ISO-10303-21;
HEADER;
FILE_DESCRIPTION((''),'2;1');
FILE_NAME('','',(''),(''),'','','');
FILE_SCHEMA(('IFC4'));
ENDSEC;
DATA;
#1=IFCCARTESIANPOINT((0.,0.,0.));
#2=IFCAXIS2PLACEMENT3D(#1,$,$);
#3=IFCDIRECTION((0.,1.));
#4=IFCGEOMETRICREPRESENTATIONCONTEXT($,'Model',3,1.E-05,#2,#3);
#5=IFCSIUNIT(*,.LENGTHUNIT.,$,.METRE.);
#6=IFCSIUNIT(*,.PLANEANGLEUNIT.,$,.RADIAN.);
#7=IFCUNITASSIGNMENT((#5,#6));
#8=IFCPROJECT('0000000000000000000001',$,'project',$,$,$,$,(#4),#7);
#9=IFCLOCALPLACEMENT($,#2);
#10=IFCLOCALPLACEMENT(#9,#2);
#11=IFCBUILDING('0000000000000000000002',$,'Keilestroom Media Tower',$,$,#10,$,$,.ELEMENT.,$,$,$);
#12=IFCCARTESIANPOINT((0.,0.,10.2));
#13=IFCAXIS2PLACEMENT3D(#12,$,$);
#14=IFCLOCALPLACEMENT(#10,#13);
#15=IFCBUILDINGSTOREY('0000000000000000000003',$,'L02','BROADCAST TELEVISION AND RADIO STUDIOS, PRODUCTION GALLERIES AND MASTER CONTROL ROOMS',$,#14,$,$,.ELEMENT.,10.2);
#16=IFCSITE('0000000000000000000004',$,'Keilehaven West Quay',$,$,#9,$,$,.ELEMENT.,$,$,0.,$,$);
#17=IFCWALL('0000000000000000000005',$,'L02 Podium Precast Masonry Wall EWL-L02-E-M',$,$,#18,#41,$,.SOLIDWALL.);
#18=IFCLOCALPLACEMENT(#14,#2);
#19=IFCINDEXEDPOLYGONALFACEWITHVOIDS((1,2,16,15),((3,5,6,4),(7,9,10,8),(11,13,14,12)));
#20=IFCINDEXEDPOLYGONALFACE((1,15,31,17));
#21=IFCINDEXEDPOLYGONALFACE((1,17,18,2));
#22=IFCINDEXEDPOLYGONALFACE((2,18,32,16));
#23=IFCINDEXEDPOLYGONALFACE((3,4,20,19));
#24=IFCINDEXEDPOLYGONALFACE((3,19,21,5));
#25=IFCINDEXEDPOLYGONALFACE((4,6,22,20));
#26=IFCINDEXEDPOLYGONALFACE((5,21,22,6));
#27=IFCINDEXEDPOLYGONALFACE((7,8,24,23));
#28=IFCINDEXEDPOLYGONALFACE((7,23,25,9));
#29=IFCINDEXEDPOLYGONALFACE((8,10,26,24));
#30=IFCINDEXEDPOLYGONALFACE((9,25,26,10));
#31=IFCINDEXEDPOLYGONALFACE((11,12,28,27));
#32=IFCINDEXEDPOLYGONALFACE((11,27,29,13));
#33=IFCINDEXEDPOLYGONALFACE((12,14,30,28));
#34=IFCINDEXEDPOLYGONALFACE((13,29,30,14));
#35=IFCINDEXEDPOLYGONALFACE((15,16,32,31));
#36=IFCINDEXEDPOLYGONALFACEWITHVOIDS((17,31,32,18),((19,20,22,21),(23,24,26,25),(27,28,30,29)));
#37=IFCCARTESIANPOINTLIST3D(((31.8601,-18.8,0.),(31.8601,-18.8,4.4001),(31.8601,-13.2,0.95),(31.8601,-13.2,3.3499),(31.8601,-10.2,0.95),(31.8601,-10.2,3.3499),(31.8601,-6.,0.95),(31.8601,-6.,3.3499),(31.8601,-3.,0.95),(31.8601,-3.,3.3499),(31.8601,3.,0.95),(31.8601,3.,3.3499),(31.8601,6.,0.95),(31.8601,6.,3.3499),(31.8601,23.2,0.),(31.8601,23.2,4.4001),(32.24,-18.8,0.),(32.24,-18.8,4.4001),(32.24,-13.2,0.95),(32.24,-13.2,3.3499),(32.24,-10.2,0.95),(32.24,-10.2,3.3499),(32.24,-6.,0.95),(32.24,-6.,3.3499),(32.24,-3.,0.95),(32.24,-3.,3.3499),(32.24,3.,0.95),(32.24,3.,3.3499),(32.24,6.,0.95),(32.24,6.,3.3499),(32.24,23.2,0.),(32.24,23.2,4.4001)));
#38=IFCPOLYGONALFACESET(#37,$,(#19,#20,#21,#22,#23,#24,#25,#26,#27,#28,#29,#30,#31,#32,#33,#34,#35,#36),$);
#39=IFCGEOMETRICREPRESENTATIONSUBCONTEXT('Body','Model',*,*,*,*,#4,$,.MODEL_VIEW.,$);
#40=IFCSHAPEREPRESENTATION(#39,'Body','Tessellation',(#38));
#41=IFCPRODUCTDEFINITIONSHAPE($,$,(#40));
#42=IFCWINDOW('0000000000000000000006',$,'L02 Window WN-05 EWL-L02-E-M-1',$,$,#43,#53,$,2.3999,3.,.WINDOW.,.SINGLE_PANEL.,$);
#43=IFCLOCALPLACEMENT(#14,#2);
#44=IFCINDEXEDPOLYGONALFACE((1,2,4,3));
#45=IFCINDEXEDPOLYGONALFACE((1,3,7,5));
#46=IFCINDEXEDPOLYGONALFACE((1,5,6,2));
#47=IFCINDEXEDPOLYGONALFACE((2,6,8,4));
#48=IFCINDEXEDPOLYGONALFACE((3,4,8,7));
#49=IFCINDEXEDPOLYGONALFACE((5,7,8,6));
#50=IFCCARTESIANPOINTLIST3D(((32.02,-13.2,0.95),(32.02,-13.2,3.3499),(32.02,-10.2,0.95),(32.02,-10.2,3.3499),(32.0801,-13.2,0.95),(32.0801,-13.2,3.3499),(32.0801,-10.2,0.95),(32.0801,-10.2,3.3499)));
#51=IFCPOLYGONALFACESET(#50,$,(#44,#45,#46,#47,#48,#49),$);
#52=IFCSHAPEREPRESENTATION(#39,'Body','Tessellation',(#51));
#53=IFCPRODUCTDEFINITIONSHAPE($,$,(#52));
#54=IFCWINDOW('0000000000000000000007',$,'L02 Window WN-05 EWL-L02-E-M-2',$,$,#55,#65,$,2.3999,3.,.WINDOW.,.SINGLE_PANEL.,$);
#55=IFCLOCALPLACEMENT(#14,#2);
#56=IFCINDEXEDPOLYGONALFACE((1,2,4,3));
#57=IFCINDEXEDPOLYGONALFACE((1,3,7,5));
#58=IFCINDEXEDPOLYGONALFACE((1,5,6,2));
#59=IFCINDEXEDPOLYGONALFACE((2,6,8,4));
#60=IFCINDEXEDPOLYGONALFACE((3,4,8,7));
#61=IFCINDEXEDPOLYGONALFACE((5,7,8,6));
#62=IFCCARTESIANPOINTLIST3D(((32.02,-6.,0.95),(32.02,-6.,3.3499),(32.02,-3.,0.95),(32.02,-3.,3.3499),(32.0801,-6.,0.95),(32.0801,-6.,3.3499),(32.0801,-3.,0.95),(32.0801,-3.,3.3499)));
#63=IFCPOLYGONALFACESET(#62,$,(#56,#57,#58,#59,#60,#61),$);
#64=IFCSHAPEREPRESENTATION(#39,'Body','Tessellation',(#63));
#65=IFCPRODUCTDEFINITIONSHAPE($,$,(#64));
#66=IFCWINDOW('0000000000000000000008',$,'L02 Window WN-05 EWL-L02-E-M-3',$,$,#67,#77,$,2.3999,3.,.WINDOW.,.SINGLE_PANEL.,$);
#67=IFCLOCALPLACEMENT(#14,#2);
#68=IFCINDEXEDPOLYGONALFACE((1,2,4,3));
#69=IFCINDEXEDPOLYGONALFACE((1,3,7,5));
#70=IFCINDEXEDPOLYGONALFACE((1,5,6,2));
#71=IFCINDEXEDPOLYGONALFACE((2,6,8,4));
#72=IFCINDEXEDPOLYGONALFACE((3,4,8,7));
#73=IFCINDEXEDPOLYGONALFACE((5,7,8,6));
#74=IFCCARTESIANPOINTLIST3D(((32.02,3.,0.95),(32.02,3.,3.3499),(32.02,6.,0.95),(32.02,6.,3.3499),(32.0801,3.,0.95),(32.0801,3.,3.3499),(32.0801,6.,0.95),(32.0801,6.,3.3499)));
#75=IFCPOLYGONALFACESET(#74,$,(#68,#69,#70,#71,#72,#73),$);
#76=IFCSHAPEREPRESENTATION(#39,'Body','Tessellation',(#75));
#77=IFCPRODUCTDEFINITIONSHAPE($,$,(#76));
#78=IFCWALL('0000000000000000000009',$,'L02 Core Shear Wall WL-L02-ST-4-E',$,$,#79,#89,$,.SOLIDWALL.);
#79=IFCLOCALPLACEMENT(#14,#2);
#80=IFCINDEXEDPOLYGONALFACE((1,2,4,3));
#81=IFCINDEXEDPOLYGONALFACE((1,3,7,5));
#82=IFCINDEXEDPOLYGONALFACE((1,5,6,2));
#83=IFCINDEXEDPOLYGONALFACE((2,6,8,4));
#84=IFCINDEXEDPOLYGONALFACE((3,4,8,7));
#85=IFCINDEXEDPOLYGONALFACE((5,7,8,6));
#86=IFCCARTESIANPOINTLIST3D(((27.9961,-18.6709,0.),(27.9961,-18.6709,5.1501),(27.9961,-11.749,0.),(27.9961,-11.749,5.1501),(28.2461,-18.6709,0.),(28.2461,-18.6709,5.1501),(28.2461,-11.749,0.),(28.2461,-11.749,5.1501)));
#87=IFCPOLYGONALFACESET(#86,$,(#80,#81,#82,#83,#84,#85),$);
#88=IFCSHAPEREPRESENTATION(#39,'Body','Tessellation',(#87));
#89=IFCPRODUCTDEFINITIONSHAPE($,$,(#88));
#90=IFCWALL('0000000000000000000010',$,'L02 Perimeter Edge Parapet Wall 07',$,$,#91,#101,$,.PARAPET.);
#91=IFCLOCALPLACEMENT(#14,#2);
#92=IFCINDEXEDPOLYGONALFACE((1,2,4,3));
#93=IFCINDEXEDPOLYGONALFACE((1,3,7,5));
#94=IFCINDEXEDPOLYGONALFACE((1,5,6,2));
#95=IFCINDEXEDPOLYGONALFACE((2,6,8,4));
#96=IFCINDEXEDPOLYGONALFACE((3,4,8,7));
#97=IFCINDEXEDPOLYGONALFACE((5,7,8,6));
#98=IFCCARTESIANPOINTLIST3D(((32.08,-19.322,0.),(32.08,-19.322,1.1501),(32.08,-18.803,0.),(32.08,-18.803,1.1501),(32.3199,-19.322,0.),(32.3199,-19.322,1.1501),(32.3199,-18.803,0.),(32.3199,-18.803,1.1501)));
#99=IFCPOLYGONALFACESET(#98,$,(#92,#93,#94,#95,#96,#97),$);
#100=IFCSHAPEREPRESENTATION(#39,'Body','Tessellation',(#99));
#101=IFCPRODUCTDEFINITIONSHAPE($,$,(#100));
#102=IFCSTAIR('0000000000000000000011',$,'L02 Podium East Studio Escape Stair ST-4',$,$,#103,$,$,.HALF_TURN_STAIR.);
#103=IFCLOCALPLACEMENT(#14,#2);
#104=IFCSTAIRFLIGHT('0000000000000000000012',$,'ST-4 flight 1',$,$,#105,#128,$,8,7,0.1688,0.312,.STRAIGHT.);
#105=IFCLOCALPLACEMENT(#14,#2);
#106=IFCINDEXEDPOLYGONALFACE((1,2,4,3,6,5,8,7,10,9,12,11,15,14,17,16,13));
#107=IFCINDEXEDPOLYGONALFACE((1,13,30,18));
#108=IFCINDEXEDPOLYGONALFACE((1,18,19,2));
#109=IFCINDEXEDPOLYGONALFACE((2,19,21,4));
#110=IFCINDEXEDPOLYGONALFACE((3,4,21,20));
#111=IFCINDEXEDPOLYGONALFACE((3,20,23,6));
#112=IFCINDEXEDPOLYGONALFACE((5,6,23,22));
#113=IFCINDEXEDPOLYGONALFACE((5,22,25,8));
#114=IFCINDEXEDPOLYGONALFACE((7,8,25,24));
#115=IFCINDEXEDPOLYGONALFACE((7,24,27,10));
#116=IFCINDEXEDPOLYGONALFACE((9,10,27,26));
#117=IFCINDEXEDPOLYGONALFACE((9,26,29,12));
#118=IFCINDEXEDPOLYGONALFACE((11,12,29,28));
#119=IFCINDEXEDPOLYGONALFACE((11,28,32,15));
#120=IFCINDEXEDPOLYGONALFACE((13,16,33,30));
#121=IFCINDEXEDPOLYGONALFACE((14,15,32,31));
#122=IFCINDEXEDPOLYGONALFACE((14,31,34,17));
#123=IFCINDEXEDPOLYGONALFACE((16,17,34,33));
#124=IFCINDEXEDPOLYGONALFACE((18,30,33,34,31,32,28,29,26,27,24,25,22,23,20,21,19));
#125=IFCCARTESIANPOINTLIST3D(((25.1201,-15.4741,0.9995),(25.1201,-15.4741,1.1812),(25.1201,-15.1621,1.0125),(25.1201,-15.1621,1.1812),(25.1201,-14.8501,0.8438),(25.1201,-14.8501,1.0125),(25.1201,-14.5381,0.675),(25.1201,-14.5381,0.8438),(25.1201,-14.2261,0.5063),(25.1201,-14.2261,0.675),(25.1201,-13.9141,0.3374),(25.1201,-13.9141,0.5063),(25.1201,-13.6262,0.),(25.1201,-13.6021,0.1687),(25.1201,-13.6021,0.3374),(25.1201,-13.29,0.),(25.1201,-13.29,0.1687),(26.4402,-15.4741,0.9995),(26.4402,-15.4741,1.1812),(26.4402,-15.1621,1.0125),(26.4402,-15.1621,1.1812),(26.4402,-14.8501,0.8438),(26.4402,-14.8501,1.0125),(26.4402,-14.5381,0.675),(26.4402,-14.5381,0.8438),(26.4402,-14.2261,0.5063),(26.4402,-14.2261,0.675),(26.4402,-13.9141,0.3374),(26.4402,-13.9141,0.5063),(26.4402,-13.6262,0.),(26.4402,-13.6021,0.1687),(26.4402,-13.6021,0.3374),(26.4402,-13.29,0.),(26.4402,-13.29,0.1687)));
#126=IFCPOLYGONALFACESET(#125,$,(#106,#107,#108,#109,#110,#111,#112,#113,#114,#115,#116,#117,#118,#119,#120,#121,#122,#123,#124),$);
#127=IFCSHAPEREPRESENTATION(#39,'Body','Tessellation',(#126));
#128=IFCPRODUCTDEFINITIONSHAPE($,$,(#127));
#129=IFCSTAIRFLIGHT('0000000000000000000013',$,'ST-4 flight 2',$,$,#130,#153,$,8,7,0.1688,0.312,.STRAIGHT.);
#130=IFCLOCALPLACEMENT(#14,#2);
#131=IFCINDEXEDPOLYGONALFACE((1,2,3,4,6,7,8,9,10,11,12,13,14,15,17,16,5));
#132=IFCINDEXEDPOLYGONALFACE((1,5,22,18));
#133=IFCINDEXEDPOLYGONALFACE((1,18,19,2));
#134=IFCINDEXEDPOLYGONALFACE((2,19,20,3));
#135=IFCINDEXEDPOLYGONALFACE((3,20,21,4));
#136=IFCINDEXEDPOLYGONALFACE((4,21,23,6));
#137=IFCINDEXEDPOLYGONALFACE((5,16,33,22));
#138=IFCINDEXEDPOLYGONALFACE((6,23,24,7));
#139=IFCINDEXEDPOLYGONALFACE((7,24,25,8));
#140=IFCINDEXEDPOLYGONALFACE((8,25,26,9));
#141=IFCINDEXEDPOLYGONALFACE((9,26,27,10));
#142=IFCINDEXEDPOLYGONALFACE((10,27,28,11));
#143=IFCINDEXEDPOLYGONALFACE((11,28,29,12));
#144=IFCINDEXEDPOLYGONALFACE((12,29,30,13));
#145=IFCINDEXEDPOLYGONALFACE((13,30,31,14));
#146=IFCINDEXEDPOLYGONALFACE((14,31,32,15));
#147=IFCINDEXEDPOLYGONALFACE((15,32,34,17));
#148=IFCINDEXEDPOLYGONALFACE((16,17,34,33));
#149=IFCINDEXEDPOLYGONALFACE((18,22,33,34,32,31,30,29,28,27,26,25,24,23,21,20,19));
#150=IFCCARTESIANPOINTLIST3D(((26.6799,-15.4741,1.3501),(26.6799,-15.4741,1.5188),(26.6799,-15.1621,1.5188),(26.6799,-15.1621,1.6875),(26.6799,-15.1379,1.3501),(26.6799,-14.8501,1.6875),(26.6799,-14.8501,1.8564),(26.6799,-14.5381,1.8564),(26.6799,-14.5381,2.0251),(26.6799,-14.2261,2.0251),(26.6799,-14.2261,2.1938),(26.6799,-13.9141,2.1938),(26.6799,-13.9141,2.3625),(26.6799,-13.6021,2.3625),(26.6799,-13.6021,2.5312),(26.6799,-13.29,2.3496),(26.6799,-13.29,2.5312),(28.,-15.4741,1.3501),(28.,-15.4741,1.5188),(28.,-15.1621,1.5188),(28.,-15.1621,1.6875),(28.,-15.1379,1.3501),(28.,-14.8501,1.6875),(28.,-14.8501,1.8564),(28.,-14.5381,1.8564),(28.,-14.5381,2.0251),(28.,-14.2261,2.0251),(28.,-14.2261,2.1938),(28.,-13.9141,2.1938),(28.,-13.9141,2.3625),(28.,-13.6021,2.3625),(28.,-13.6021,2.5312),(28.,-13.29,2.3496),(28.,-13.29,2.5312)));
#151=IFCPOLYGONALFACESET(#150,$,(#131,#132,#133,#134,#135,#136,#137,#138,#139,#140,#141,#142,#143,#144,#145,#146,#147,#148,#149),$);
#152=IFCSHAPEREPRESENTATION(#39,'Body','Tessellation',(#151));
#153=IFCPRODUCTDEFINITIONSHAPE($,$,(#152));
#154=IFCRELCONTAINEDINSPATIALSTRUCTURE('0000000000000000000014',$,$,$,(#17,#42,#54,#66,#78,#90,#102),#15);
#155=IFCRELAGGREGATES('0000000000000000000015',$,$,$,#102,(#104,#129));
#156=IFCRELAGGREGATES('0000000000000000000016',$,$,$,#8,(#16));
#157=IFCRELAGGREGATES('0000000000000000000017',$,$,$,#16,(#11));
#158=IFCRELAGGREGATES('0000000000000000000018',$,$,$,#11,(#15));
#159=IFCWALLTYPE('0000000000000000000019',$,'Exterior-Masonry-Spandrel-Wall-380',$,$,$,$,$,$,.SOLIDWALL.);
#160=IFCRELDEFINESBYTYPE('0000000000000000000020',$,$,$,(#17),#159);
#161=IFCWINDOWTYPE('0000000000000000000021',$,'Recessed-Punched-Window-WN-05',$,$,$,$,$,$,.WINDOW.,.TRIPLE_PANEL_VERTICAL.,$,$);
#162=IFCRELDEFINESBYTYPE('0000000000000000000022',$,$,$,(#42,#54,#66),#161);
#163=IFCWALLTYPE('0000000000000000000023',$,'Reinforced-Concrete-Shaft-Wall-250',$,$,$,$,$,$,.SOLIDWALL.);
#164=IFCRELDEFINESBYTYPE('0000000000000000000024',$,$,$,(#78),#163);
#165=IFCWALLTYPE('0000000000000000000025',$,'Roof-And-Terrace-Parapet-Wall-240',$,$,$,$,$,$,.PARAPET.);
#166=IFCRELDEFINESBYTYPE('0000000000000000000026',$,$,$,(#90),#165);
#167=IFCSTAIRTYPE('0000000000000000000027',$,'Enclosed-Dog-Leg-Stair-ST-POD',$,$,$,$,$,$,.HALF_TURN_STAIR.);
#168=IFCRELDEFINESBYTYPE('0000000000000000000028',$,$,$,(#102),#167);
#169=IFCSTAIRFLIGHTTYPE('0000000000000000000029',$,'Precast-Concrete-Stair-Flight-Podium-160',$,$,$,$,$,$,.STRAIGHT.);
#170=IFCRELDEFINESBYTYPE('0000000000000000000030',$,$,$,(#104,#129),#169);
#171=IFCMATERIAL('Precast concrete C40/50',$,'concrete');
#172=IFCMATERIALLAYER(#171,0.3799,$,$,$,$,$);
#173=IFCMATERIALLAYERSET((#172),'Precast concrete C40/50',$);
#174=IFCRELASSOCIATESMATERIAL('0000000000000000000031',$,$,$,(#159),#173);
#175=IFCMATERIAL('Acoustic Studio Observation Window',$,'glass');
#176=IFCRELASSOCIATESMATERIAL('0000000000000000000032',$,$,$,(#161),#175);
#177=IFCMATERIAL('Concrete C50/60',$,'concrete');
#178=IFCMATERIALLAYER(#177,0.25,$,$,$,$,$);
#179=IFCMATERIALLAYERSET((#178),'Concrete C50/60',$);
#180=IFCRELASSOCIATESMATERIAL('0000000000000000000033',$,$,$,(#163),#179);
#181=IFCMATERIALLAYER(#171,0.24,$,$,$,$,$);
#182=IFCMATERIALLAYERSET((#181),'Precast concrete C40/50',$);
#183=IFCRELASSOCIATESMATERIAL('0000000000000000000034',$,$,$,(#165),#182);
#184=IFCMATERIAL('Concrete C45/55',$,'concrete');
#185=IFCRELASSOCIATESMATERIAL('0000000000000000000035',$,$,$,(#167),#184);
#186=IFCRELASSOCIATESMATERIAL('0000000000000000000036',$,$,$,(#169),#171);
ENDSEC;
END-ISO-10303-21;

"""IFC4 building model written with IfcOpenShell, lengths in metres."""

from ifc_helpers import new_model, si_unit, direction, frame, frame_2d, origin, place, context, subcontext, project, spatial, polyline, rectangle, outline, extrude, source, transform, mapped, material, layer, layer_set, type_object, element, fill, aggregate, save


model = new_model("IFC4")

# Units and contexts
model_context = context("Model", 3, precision=1e-05, world=origin(), true_north=direction((0.0, 1.0)))
body_context = subcontext(model_context, "Body", "Model", "MODEL_VIEW")
ifc_project = project(units=[si_unit("LENGTHUNIT", "METRE"), si_unit("PLANEANGLEUNIT", "RADIAN")], contexts=[model_context])

# Site, building, storey
site_placement = place(None, origin())
site = spatial("IfcSite", under=ifc_project, at=site_placement, Name="Keilehaven West Quay", CompositionType="ELEMENT", RefElevation=0.0)
building_placement = place(site_placement, origin())
building = spatial("IfcBuilding", under=site, at=building_placement, Name="Keilestroom Media Tower", CompositionType="ELEMENT")
storey_placement = place(building_placement, frame((0.0, 0.0, 10.2)))
storey = spatial("IfcBuildingStorey", under=building, at=storey_placement, Name="L02", Description="BROADCAST TELEVISION AND RADIO STUDIOS, PRODUCTION GALLERIES AND MASTER CONTROL ROOMS", CompositionType="ELEMENT", Elevation=10.2)

# Shared definitions
ifc_material_1 = material(Name="Precast concrete C40/50", Category="concrete")

# Wall, openings, windows
ifc_layer_1 = layer(ifc_material_1, 0.3799)
ifc_layer_set_1 = layer_set([ifc_layer_1], Name="Precast concrete C40/50")
wall_type_1 = type_object("IfcWallType", Name="Exterior-Masonry-Spandrel-Wall-380", PredefinedType="SOLIDWALL", material=ifc_layer_set_1)
wall_1_placement = place(storey_placement, frame((32.05, -18.8, 0.0), z_axis=(0.0, 0.0, 1.0), x_axis=(0.0, 1.0, 0.0)))
wall_1 = element("IfcWall", 1, at=wall_1_placement, inside=storey, type_object=wall_type_1, Name="L02 Podium Precast Masonry Wall EWL-L02-E-M", PredefinedType="SOLIDWALL", context=body_context, shape_type="SweptSolid", body=[
    extrude(rectangle(XDim=42.0, YDim=0.3799, at=frame_2d((21.0, 0.0))), origin(), (0.0, 0.0, 1.0), 4.4001),
])
opening_1_placement = place(wall_1_placement, frame((5.6001, 0.0, 0.95)))
opening_1 = element("IfcOpeningElement", 2, at=opening_1_placement, cuts=wall_1, PredefinedType="OPENING", context=body_context, shape_type="SweptSolid", body=[
    extrude(rectangle(XDim=3.0, YDim=2.3999, at=frame_2d((1.5, 1.2))), frame((0.0, 0.2, 0.0), z_axis=(0.0, -1.0, 0.0), x_axis=(1.0, 0.0, 0.0)), (0.0, 0.0, 1.0), 0.3999),
])
opening_2_placement = place(wall_1_placement, frame((12.8, 0.0, 0.95)))
opening_2 = element("IfcOpeningElement", 3, at=opening_2_placement, cuts=wall_1, PredefinedType="OPENING", context=body_context, shape_type="SweptSolid", body=[
    extrude(rectangle(XDim=3.0, YDim=2.3999, at=frame_2d((1.5, 1.2))), frame((0.0, 0.2, 0.0), z_axis=(0.0, -1.0, 0.0), x_axis=(1.0, 0.0, 0.0)), (0.0, 0.0, 1.0), 0.3999),
])
opening_3_placement = place(wall_1_placement, frame((21.8, 0.0, 0.95)))
opening_3 = element("IfcOpeningElement", 4, at=opening_3_placement, cuts=wall_1, PredefinedType="OPENING", context=body_context, shape_type="SweptSolid", body=[
    extrude(rectangle(XDim=3.0, YDim=2.3999, at=frame_2d((1.5, 1.2))), frame((0.0, 0.2, 0.0), z_axis=(0.0, -1.0, 0.0), x_axis=(1.0, 0.0, 0.0)), (0.0, 0.0, 1.0), 0.3999),
])
ifc_material_2 = material(Name="Acoustic Studio Observation Window", Category="glass")
window_type = type_object("IfcWindowType", Name="Recessed-Punched-Window-WN-05", PartitioningType="TRIPLE_PANEL_VERTICAL", PredefinedType="WINDOW", material=ifc_material_2)
shared_shape_1 = source(origin(), body_context, "Body", "SweptSolid", [
    extrude(rectangle(XDim=3.0, YDim=2.3999, at=frame_2d((1.5, 1.2))), frame((0.0, 0.03, 0.0), z_axis=(0.0, -1.0, 0.0), x_axis=(1.0, 0.0, 0.0)), (0.0, 0.0, 1.0), 0.0601),
])
window_1_placement = place(opening_1_placement, origin())
window_1 = element("IfcWindow", 5, at=window_1_placement, inside=storey, type_object=window_type, Name="L02 Window WN-05 EWL-L02-E-M-1", OverallHeight=2.3999, OverallWidth=3.0, PartitioningType="SINGLE_PANEL", PredefinedType="WINDOW", context=body_context, shape_type="MappedRepresentation", body=[
    mapped(shared_shape_1, transform((0.0, 0.0, 0.0), x_axis=(1.0, 0.0, 0.0), y_axis=(0.0, 1.0, 0.0), z_axis=(0.0, 0.0, 1.0), scale=1.0)),
])
fill(opening_1, window_1)
window_2_placement = place(opening_2_placement, origin())
window_2 = element("IfcWindow", 6, at=window_2_placement, inside=storey, type_object=window_type, Name="L02 Window WN-05 EWL-L02-E-M-2", OverallHeight=2.3999, OverallWidth=3.0, PartitioningType="SINGLE_PANEL", PredefinedType="WINDOW", context=body_context, shape_type="MappedRepresentation", body=[
    mapped(shared_shape_1, transform((0.0, 0.0, 0.0), x_axis=(1.0, 0.0, 0.0), y_axis=(0.0, 1.0, 0.0), z_axis=(0.0, 0.0, 1.0), scale=1.0)),
])
fill(opening_2, window_2)
window_3_placement = place(opening_3_placement, origin())
window_3 = element("IfcWindow", 7, at=window_3_placement, inside=storey, type_object=window_type, Name="L02 Window WN-05 EWL-L02-E-M-3", OverallHeight=2.3999, OverallWidth=3.0, PartitioningType="SINGLE_PANEL", PredefinedType="WINDOW", context=body_context, shape_type="MappedRepresentation", body=[
    mapped(shared_shape_1, transform((0.0, 0.0, 0.0), x_axis=(1.0, 0.0, 0.0), y_axis=(0.0, 1.0, 0.0), z_axis=(0.0, 0.0, 1.0), scale=1.0)),
])
fill(opening_3, window_3)

# Walls
ifc_material_3 = material(Name="Concrete C50/60", Category="concrete")
ifc_layer_2 = layer(ifc_material_3, 0.25)
ifc_layer_set_2 = layer_set([ifc_layer_2], Name="Concrete C50/60")
wall_type_2 = type_object("IfcWallType", Name="Reinforced-Concrete-Shaft-Wall-250", PredefinedType="SOLIDWALL", material=ifc_layer_set_2)
wall_2_placement = place(storey_placement, frame((28.1211, -18.6709, 0.0), z_axis=(0.0, 0.0, 1.0), x_axis=(0.0, 1.0, 0.0)))
element("IfcWall", 8, at=wall_2_placement, inside=storey, type_object=wall_type_2, Name="L02 Core Shear Wall WL-L02-ST-4-E", PredefinedType="SOLIDWALL", context=body_context, shape_type="SweptSolid", body=[
    extrude(rectangle(XDim=6.9219, YDim=0.25, at=frame_2d((3.4609, 0.0))), origin(), (0.0, 0.0, 1.0), 5.1501),
])
ifc_layer_3 = layer(ifc_material_1, 0.24)
ifc_layer_set_3 = layer_set([ifc_layer_3], Name="Precast concrete C40/50")
wall_type_3 = type_object("IfcWallType", Name="Roof-And-Terrace-Parapet-Wall-240", PredefinedType="PARAPET", material=ifc_layer_set_3)
wall_3_placement = place(storey_placement, frame((32.2, -18.803, 0.0), z_axis=(0.0, 0.0, 1.0), x_axis=(0.0, -1.0, 0.0)))
element("IfcWall", 9, at=wall_3_placement, inside=storey, type_object=wall_type_3, Name="L02 Perimeter Edge Parapet Wall 07", PredefinedType="PARAPET", context=body_context, shape_type="SweptSolid", body=[
    extrude(rectangle(XDim=0.519, YDim=0.24, at=frame_2d((0.2595, 0.0))), origin(), (0.0, 0.0, 1.0), 1.1501),
])

# Stair, stair flights
ifc_material_4 = material(Name="Concrete C45/55", Category="concrete")
stair_type = type_object("IfcStairType", Name="Enclosed-Dog-Leg-Stair-ST-POD", PredefinedType="HALF_TURN_STAIR", material=ifc_material_4)
stair_placement = place(storey_placement, origin())
stair = element("IfcStair", 10, at=stair_placement, inside=storey, type_object=stair_type, Name="L02 Podium East Studio Escape Stair ST-4", PredefinedType="HALF_TURN_STAIR")
stair_flight_type = type_object("IfcStairFlightType", Name="Precast-Concrete-Stair-Flight-Podium-160", PredefinedType="STRAIGHT", material=ifc_material_1)
stair_flight_1_placement = place(storey_placement, frame((25.78, -13.29, 0.0), z_axis=(0.0, 0.0, 1.0), x_axis=(0.0, -1.0, 0.0)))
stair_flight_1 = element("IfcStairFlight", 11, at=stair_flight_1_placement, type_object=stair_flight_type, Name="ST-4 flight 1", NumberOfRisers=8, NumberOfTreads=7, PredefinedType="STRAIGHT", RiserHeight=0.1688, TreadLength=0.312, context=body_context, shape_type="SweptSolid", body=[
    extrude(outline(polyline([(0.0, 0.0), (0.0, 0.1687), (0.312, 0.1687), (0.312, 0.3374), (0.624, 0.3374), (0.624, 0.5063), (0.936, 0.5063), (0.936, 0.675), (1.248, 0.675), (1.248, 0.8438), (1.5601, 0.8438), (1.5601, 1.0125), (1.8721, 1.0125), (1.8721, 1.1812), (2.1841, 1.1812), (2.1841, 1.3501), (2.1841, 0.9995), (0.3362, 0.0), (0.0, 0.0)])), frame((0.0, 0.6602, 0.0), z_axis=(0.0, -1.0, 0.0), x_axis=(1.0, 0.0, 0.0)), (0.0, 0.0, 1.0), 1.3201),
])
stair_flight_2_placement = place(storey_placement, frame((27.3401, -15.4741, 1.3501), z_axis=(0.0, 0.0, 1.0), x_axis=(0.0, 1.0, 0.0)))
stair_flight_2 = element("IfcStairFlight", 12, at=stair_flight_2_placement, type_object=stair_flight_type, Name="ST-4 flight 2", NumberOfRisers=8, NumberOfTreads=7, PredefinedType="STRAIGHT", RiserHeight=0.1688, TreadLength=0.312, context=body_context, shape_type="SweptSolid", body=[
    extrude(outline(polyline([(0.0, 0.0), (0.0, 0.1687), (0.312, 0.1687), (0.312, 0.3374), (0.624, 0.3374), (0.624, 0.5063), (0.936, 0.5063), (0.936, 0.675), (1.248, 0.675), (1.248, 0.8438), (1.5601, 0.8438), (1.5601, 1.0125), (1.8721, 1.0125), (1.8721, 1.1812), (2.1841, 1.1812), (2.1841, 1.3501), (2.1841, 0.9995), (0.3362, 0.0), (0.0, 0.0)])), frame((0.0, 0.6602, 0.0), z_axis=(0.0, -1.0, 0.0), x_axis=(1.0, 0.0, 0.0)), (0.0, 0.0, 1.0), 1.3201),
])
aggregate(stair, [stair_flight_1, stair_flight_2])

save(model, "model.ifc")
